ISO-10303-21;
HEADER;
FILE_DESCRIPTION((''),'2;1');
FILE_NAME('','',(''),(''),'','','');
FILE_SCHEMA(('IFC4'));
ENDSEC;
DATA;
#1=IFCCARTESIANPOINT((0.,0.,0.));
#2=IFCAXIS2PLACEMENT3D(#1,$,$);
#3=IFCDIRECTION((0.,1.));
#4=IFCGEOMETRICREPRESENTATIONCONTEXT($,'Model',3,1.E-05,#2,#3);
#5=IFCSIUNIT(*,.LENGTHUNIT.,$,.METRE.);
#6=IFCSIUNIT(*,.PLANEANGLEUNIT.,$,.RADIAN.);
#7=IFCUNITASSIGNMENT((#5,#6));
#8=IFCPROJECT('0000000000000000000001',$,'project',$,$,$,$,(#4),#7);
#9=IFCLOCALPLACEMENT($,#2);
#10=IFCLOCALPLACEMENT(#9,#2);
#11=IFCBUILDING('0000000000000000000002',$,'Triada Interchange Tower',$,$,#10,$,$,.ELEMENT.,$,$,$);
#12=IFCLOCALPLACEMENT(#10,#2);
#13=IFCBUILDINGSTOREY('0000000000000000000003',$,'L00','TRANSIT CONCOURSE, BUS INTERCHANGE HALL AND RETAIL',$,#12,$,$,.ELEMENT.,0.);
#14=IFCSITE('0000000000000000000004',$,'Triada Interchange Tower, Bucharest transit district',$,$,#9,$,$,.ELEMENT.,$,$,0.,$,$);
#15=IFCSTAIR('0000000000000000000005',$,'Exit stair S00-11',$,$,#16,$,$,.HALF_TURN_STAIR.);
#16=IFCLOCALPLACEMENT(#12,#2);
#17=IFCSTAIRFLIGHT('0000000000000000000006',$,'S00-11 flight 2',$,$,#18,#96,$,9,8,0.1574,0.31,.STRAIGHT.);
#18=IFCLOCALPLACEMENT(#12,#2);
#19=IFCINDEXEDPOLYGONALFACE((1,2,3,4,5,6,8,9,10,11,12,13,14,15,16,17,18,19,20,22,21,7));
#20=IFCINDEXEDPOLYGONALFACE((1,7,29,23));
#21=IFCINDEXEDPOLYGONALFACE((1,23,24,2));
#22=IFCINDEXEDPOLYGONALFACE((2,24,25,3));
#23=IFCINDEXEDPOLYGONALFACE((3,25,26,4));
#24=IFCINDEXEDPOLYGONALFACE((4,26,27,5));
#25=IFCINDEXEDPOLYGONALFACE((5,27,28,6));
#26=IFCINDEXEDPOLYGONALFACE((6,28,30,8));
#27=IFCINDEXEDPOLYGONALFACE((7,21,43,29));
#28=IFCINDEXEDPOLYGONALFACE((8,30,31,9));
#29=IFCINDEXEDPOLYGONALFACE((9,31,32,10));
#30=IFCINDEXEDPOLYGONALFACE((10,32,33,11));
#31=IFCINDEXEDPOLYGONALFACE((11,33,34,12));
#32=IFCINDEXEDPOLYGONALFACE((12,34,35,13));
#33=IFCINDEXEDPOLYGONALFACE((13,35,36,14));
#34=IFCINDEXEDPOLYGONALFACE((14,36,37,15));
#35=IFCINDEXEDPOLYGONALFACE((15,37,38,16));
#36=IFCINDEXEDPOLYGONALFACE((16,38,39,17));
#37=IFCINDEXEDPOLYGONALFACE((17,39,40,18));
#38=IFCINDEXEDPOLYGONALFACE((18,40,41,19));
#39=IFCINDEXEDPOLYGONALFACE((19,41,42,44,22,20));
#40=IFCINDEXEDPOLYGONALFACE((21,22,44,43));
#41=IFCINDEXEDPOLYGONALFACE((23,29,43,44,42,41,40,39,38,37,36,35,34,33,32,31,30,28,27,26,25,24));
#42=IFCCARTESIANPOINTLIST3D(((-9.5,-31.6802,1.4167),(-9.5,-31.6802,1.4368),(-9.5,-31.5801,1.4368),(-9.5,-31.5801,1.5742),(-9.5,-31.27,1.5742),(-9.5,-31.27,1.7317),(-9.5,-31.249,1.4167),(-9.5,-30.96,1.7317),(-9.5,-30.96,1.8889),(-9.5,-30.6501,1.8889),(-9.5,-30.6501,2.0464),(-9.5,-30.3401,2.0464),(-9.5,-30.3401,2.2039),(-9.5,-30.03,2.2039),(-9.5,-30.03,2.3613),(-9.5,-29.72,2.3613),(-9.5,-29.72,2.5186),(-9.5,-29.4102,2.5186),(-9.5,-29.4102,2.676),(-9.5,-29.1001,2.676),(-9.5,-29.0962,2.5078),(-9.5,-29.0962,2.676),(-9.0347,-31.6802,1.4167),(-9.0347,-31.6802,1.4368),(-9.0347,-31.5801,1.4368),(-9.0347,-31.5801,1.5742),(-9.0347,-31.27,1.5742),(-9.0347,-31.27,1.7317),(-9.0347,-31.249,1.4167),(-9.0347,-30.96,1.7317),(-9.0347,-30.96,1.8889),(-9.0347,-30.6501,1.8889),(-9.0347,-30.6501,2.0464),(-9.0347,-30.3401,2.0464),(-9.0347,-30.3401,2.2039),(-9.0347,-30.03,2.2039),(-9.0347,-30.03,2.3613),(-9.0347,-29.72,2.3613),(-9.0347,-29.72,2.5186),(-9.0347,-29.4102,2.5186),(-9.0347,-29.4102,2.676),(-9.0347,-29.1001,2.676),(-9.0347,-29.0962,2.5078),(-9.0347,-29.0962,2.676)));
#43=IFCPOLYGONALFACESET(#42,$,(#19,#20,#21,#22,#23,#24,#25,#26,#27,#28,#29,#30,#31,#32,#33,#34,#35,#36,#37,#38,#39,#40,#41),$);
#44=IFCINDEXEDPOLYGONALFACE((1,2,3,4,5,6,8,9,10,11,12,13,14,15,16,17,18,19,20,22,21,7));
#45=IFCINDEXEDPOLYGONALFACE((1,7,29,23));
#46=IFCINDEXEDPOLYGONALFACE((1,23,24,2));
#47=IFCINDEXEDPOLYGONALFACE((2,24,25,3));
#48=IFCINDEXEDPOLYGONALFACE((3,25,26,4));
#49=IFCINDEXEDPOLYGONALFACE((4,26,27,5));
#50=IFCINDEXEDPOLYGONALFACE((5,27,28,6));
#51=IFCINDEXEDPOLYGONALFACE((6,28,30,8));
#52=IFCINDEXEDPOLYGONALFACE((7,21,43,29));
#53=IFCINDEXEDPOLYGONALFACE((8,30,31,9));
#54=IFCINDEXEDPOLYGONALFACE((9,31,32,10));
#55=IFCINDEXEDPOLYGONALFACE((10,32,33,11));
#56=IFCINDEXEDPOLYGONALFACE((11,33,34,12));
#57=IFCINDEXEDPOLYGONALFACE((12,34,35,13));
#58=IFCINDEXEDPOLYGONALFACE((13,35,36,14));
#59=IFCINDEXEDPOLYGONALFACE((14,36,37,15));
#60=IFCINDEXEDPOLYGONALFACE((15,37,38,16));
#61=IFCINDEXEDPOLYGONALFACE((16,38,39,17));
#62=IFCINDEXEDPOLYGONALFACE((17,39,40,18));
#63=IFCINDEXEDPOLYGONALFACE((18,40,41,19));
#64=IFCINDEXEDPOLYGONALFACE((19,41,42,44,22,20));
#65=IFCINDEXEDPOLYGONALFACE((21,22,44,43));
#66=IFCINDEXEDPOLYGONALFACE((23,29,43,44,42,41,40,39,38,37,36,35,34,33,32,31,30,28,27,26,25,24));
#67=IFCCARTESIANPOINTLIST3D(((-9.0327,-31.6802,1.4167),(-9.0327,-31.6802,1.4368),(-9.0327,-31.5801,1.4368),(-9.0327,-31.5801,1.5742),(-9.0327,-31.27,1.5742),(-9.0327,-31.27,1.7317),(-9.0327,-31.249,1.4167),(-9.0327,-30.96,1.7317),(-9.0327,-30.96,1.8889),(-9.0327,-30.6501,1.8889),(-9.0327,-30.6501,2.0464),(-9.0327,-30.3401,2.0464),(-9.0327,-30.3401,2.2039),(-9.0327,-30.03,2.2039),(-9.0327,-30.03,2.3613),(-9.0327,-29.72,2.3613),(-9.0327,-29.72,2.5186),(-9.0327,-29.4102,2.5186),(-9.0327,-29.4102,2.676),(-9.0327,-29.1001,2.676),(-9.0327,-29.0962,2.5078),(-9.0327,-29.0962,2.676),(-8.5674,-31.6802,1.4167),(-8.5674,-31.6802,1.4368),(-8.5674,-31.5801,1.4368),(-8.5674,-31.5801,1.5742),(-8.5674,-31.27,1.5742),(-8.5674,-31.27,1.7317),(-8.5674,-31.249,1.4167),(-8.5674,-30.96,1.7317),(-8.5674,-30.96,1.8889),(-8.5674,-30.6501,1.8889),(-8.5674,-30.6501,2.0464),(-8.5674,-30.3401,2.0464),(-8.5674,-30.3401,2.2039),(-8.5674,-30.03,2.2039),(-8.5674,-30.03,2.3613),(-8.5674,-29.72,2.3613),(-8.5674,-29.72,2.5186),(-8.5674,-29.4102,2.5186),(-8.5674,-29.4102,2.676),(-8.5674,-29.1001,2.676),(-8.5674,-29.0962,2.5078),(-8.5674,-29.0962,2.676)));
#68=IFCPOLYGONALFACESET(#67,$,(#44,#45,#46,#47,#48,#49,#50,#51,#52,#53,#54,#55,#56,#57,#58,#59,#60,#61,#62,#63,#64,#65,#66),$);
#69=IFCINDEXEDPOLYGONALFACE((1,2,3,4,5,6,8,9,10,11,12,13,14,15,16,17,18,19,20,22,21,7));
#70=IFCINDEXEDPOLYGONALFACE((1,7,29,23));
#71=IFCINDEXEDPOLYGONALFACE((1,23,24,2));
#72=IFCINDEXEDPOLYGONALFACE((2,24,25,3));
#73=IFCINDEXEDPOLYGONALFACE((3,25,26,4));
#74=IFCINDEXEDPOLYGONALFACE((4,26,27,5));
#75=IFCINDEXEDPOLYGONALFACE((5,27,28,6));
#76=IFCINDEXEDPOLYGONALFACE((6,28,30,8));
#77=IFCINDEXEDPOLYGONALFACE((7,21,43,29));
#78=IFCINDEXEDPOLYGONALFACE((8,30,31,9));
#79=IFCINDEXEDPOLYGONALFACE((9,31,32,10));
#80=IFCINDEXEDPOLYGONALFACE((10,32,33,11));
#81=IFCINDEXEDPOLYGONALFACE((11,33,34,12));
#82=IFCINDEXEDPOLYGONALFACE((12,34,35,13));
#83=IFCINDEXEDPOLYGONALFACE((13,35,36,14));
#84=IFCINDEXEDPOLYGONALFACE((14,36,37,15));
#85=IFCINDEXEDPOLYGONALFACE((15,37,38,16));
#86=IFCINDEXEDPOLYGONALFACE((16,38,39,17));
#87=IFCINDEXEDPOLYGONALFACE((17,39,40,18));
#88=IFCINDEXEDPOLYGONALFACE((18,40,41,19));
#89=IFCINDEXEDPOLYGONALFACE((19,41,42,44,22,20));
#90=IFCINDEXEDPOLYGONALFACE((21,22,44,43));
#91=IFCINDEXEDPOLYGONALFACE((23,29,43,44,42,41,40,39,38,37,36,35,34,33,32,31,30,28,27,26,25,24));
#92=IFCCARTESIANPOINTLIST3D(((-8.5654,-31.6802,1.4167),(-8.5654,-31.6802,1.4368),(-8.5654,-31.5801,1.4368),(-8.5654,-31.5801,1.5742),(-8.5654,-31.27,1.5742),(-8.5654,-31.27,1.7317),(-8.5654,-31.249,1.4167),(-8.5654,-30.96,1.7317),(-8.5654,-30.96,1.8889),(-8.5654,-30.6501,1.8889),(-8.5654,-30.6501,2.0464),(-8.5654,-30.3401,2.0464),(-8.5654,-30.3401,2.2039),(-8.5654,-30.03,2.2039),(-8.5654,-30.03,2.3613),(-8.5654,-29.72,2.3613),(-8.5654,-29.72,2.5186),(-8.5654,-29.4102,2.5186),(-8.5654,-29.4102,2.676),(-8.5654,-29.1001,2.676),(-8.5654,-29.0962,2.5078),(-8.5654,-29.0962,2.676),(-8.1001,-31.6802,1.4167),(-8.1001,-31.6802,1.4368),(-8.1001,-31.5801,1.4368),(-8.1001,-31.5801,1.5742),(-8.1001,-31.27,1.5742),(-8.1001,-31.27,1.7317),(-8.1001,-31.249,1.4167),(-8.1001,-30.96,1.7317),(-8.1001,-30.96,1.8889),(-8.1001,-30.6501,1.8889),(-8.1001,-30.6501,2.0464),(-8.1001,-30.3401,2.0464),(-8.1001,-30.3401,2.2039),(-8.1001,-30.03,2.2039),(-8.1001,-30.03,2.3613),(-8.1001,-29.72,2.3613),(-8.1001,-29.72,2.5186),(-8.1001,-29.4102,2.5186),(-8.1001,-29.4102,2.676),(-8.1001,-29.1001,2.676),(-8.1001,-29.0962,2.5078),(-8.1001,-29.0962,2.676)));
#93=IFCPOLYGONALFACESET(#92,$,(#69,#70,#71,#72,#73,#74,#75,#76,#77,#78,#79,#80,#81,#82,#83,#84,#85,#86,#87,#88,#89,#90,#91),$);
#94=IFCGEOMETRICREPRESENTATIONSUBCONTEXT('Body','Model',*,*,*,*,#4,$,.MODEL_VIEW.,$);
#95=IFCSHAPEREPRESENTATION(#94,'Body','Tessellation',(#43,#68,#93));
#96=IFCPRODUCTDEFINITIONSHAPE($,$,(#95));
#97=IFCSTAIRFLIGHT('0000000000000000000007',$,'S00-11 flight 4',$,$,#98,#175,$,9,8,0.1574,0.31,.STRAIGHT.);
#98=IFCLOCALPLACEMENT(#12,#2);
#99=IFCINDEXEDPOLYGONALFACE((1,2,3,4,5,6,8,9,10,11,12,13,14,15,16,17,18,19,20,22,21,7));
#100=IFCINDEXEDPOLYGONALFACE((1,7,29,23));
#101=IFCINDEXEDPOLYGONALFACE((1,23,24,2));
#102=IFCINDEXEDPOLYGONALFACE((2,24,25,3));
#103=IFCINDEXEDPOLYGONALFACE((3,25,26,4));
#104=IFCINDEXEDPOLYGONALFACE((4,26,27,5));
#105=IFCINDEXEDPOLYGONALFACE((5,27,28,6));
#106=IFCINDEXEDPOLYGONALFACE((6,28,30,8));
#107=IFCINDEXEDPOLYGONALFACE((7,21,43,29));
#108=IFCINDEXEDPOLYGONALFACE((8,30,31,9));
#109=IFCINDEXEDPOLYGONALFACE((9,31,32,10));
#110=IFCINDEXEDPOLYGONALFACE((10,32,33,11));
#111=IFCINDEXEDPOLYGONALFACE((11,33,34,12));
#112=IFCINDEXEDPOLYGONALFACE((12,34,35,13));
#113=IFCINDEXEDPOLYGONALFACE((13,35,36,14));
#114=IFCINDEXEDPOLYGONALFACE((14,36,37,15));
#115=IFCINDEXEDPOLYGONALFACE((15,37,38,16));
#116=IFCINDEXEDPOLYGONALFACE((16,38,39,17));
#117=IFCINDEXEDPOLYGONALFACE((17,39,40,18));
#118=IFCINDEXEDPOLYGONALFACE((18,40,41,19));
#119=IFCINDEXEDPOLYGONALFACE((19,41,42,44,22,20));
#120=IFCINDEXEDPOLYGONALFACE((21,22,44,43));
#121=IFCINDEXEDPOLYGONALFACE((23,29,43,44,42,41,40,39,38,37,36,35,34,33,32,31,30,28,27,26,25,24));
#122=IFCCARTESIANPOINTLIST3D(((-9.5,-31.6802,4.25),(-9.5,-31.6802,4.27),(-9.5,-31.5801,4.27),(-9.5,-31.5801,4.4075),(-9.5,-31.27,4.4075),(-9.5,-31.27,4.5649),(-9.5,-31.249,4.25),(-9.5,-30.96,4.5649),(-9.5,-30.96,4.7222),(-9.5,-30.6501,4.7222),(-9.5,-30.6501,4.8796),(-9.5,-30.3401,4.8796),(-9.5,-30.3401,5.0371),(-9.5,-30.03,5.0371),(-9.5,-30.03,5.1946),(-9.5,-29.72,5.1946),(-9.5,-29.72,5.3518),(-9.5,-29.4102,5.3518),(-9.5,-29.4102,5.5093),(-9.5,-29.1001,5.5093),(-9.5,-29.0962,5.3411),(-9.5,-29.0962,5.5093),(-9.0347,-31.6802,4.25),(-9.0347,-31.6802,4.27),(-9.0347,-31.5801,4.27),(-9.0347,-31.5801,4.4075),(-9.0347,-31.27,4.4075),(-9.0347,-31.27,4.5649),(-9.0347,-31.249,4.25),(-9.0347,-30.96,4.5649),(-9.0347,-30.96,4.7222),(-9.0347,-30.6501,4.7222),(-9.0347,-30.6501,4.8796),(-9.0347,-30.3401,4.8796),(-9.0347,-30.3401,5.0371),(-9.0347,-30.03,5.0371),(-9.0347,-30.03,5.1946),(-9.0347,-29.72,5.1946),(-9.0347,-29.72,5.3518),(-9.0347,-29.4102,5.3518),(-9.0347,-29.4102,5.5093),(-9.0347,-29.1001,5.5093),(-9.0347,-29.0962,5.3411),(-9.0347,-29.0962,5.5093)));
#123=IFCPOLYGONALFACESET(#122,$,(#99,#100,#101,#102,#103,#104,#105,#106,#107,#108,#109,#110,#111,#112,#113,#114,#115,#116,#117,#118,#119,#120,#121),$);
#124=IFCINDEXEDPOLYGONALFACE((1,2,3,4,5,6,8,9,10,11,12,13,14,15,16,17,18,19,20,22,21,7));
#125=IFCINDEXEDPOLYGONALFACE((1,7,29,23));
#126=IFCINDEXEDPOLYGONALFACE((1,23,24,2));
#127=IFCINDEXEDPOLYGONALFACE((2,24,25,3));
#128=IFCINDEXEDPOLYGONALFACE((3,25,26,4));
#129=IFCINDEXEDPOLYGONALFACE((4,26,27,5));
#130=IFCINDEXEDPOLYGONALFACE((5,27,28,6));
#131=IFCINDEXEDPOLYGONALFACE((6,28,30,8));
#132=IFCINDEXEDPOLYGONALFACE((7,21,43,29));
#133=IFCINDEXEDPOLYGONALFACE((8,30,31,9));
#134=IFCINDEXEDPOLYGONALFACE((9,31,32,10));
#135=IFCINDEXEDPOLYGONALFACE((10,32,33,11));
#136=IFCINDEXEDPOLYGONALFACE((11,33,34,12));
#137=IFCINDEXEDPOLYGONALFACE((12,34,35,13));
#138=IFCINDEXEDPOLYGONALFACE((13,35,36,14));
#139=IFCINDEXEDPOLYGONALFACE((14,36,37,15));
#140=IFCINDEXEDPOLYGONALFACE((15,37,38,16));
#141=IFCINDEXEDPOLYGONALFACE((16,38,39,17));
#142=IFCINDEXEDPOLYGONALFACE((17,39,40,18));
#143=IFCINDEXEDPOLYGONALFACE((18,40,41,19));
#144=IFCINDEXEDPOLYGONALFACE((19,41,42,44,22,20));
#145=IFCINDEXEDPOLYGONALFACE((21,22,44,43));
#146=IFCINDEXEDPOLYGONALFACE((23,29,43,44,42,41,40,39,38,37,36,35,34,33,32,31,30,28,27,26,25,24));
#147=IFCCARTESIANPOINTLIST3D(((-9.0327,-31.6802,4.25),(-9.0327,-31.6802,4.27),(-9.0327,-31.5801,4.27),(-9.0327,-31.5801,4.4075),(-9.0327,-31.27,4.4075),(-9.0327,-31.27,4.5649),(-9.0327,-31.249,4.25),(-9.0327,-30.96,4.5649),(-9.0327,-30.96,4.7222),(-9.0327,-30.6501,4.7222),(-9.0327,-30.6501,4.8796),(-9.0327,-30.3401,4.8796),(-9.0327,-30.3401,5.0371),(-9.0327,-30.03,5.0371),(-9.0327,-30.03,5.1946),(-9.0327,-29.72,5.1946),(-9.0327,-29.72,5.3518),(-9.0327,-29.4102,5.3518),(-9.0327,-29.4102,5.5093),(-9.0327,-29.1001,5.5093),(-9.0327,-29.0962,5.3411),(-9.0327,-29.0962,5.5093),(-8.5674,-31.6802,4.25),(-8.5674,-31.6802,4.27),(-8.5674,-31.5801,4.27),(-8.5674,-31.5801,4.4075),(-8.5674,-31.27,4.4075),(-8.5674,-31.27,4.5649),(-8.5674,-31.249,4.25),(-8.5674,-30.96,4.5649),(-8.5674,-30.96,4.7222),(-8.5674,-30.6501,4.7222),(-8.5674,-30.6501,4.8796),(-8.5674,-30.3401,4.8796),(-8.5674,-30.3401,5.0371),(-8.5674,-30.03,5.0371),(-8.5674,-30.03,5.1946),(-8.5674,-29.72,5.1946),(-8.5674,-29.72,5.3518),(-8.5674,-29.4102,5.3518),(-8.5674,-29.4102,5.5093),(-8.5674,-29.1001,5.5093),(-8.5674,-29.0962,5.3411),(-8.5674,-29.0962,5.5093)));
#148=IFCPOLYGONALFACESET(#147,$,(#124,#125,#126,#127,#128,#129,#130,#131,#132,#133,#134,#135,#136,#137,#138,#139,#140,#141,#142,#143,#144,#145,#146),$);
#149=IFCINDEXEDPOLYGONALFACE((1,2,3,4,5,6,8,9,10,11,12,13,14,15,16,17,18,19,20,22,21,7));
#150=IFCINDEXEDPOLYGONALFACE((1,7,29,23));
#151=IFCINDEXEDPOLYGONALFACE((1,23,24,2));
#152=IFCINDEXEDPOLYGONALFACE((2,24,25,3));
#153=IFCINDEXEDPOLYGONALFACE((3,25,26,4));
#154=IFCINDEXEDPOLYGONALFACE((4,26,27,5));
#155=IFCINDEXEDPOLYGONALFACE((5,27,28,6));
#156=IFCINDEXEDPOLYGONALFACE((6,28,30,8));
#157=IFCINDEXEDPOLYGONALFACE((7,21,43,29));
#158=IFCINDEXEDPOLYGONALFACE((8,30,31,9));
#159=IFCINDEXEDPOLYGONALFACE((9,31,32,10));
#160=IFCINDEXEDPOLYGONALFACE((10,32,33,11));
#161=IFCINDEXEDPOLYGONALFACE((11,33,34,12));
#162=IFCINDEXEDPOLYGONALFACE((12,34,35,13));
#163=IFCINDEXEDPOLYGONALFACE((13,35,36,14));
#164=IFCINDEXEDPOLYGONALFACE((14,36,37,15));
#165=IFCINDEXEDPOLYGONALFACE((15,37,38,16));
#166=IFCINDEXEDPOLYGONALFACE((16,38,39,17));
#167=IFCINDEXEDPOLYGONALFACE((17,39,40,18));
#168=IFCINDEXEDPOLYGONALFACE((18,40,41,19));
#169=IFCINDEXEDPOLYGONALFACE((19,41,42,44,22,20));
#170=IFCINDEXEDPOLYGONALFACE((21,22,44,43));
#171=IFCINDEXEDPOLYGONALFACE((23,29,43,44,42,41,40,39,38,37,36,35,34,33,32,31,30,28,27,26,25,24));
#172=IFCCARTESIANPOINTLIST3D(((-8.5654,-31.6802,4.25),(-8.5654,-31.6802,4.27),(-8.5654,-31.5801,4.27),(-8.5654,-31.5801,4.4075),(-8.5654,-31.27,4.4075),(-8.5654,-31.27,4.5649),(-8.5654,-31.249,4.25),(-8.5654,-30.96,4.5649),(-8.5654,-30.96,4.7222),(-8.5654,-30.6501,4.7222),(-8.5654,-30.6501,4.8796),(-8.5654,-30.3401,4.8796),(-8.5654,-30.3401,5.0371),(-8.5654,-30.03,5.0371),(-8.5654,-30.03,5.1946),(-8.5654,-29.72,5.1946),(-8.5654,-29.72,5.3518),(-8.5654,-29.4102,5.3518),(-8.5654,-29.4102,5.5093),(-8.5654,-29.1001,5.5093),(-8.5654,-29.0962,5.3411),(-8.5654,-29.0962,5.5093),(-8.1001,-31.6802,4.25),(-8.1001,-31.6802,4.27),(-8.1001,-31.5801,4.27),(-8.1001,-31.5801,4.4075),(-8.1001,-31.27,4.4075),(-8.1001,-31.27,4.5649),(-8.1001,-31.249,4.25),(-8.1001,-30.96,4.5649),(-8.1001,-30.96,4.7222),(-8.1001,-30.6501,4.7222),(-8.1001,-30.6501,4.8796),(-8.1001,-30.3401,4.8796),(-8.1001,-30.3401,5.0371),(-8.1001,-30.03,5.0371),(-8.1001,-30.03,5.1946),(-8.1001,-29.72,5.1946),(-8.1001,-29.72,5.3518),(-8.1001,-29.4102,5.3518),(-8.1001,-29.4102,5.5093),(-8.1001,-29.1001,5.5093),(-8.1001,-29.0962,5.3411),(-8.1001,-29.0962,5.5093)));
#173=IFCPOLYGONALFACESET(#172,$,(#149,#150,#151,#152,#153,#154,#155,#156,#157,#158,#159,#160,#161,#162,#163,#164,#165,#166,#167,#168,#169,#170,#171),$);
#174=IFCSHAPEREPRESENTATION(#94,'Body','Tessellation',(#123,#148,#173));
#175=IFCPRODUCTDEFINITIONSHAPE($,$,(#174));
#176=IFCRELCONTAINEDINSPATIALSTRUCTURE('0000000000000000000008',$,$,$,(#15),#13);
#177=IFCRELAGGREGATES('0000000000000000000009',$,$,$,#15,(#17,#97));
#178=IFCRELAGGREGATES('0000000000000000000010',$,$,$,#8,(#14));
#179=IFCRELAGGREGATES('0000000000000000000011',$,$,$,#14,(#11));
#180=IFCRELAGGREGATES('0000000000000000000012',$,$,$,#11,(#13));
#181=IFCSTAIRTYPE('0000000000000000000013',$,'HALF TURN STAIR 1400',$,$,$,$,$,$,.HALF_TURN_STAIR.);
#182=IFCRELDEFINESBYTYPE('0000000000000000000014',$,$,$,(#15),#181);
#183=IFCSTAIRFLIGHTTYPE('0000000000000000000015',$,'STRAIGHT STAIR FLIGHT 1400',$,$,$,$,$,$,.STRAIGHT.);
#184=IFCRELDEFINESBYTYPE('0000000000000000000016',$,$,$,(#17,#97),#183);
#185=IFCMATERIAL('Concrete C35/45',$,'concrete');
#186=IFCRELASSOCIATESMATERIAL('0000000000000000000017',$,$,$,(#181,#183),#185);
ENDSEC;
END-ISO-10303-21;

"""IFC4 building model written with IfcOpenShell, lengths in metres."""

from ifc_helpers import new_model, si_unit, direction, frame, origin, place, context, subcontext, project, spatial, polyline, outline, extrude, material, type_object, element, aggregate, save


model = new_model("IFC4")

# Units and contexts
model_context = context("Model", 3, precision=1e-05, world=origin(), true_north=direction((0.0, 1.0)))
body_context = subcontext(model_context, "Body", "Model", "MODEL_VIEW")
ifc_project = project(units=[si_unit("LENGTHUNIT", "METRE"), si_unit("PLANEANGLEUNIT", "RADIAN")], contexts=[model_context])

# Site, building, storey
site_placement = place(None, origin())
site = spatial("IfcSite", under=ifc_project, at=site_placement, Name="Triada Interchange Tower, Bucharest transit district", CompositionType="ELEMENT", RefElevation=0.0)
building_placement = place(site_placement, origin())
building = spatial("IfcBuilding", under=site, at=building_placement, Name="Triada Interchange Tower", CompositionType="ELEMENT")
storey_placement = place(building_placement, origin())
storey = spatial("IfcBuildingStorey", under=building, at=storey_placement, Name="L00", Description="TRANSIT CONCOURSE, BUS INTERCHANGE HALL AND RETAIL", CompositionType="ELEMENT", Elevation=0.0)

# Shared definitions
ifc_material_1 = material(Name="Concrete C35/45", Category="concrete")

# Stair, stair flights
stair_type = type_object("IfcStairType", Name="HALF TURN STAIR 1400", PredefinedType="HALF_TURN_STAIR", material=ifc_material_1)
stair_flight_type = type_object("IfcStairFlightType", Name="STRAIGHT STAIR FLIGHT 1400", PredefinedType="STRAIGHT", material=ifc_material_1)
stair_1_placement = place(storey_placement, origin())
stair_1 = element("IfcStair", 1, at=stair_1_placement, inside=storey, type_object=stair_type, Name="Exit stair S00-11", PredefinedType="HALF_TURN_STAIR")
stair_flight_1_placement = place(storey_placement, frame((-8.8, -31.5801, 1.4167), z_axis=(0.0, 0.0, 1.0), x_axis=(0.0, 1.0, 0.0)))
stair_flight_1 = element("IfcStairFlight", 2, at=stair_flight_1_placement, type_object=stair_flight_type, Name="S00-11 flight 2", NumberOfRisers=9, NumberOfTreads=8, PredefinedType="STRAIGHT", RiserHeight=0.1574, TreadLength=0.31, context=body_context, shape_type="SweptSolid", body=[
    extrude(outline(polyline([(-0.1001, 0.0), (-0.1001, 0.02), (0.0, 0.02), (0.0, 0.1575), (0.3101, 0.1575), (0.3101, 0.3149), (0.6201, 0.3149), (0.6201, 0.4722), (0.9299, 0.4722), (0.9299, 0.6296), (1.24, 0.6296), (1.24, 0.7871), (1.55, 0.7871), (1.55, 0.9446), (1.8601, 0.9446), (1.8601, 1.1018), (2.1699, 1.1018), (2.1699, 1.2593), (2.48, 1.2593), (2.4839, 1.2593), (2.4839, 1.4167), (2.4839, 1.0911), (0.3311, 0.0), (-0.1001, 0.0)])), frame((0.0, 0.7, 0.0), z_axis=(0.0, -1.0, 0.0), x_axis=(1.0, 0.0, 0.0)), (0.0, 0.0, 1.0), 0.4653),
    extrude(outline(polyline([(-0.1001, 0.0), (-0.1001, 0.02), (0.0, 0.02), (0.0, 0.1575), (0.3101, 0.1575), (0.3101, 0.3149), (0.6201, 0.3149), (0.6201, 0.4722), (0.9299, 0.4722), (0.9299, 0.6296), (1.24, 0.6296), (1.24, 0.7871), (1.55, 0.7871), (1.55, 0.9446), (1.8601, 0.9446), (1.8601, 1.1018), (2.1699, 1.1018), (2.1699, 1.2593), (2.48, 1.2593), (2.4839, 1.2593), (2.4839, 1.4167), (2.4839, 1.0911), (0.3311, 0.0), (-0.1001, 0.0)])), frame((0.0, 0.2327, 0.0), z_axis=(0.0, -1.0, 0.0), x_axis=(1.0, 0.0, 0.0)), (0.0, 0.0, 1.0), 0.4653),
    extrude(outline(polyline([(-0.1001, 0.0), (-0.1001, 0.02), (0.0, 0.02), (0.0, 0.1575), (0.3101, 0.1575), (0.3101, 0.3149), (0.6201, 0.3149), (0.6201, 0.4722), (0.9299, 0.4722), (0.9299, 0.6296), (1.24, 0.6296), (1.24, 0.7871), (1.55, 0.7871), (1.55, 0.9446), (1.8601, 0.9446), (1.8601, 1.1018), (2.1699, 1.1018), (2.1699, 1.2593), (2.48, 1.2593), (2.4839, 1.2593), (2.4839, 1.4167), (2.4839, 1.0911), (0.3311, 0.0), (-0.1001, 0.0)])), frame((0.0, -0.2346, 0.0), z_axis=(0.0, -1.0, 0.0), x_axis=(1.0, 0.0, 0.0)), (0.0, 0.0, 1.0), 0.4653),
])
stair_flight_2_placement = place(storey_placement, frame((-8.8, -31.5801, 4.25), z_axis=(0.0, 0.0, 1.0), x_axis=(0.0, 1.0, 0.0)))
stair_flight_2 = element("IfcStairFlight", 3, at=stair_flight_2_placement, type_object=stair_flight_type, Name="S00-11 flight 4", NumberOfRisers=9, NumberOfTreads=8, PredefinedType="STRAIGHT", RiserHeight=0.1574, TreadLength=0.31, context=body_context, shape_type="SweptSolid", body=[
    extrude(outline(polyline([(-0.1001, 0.0), (-0.1001, 0.02), (0.0, 0.02), (0.0, 0.1575), (0.3101, 0.1575), (0.3101, 0.3149), (0.6201, 0.3149), (0.6201, 0.4722), (0.9299, 0.4722), (0.9299, 0.6296), (1.24, 0.6296), (1.24, 0.7871), (1.55, 0.7871), (1.55, 0.9446), (1.8601, 0.9446), (1.8601, 1.1018), (2.1699, 1.1018), (2.1699, 1.2593), (2.48, 1.2593), (2.4839, 1.2593), (2.4839, 1.4167), (2.4839, 1.0911), (0.3311, 0.0), (-0.1001, 0.0)])), frame((0.0, 0.7, 0.0), z_axis=(0.0, -1.0, 0.0), x_axis=(1.0, 0.0, 0.0)), (0.0, 0.0, 1.0), 0.4653),
    extrude(outline(polyline([(-0.1001, 0.0), (-0.1001, 0.02), (0.0, 0.02), (0.0, 0.1575), (0.3101, 0.1575), (0.3101, 0.3149), (0.6201, 0.3149), (0.6201, 0.4722), (0.9299, 0.4722), (0.9299, 0.6296), (1.24, 0.6296), (1.24, 0.7871), (1.55, 0.7871), (1.55, 0.9446), (1.8601, 0.9446), (1.8601, 1.1018), (2.1699, 1.1018), (2.1699, 1.2593), (2.48, 1.2593), (2.4839, 1.2593), (2.4839, 1.4167), (2.4839, 1.0911), (0.3311, 0.0), (-0.1001, 0.0)])), frame((0.0, 0.2327, 0.0), z_axis=(0.0, -1.0, 0.0), x_axis=(1.0, 0.0, 0.0)), (0.0, 0.0, 1.0), 0.4653),
    extrude(outline(polyline([(-0.1001, 0.0), (-0.1001, 0.02), (0.0, 0.02), (0.0, 0.1575), (0.3101, 0.1575), (0.3101, 0.3149), (0.6201, 0.3149), (0.6201, 0.4722), (0.9299, 0.4722), (0.9299, 0.6296), (1.24, 0.6296), (1.24, 0.7871), (1.55, 0.7871), (1.55, 0.9446), (1.8601, 0.9446), (1.8601, 1.1018), (2.1699, 1.1018), (2.1699, 1.2593), (2.48, 1.2593), (2.4839, 1.2593), (2.4839, 1.4167), (2.4839, 1.0911), (0.3311, 0.0), (-0.1001, 0.0)])), frame((0.0, -0.2346, 0.0), z_axis=(0.0, -1.0, 0.0), x_axis=(1.0, 0.0, 0.0)), (0.0, 0.0, 1.0), 0.4653),
])

aggregate(stair_1, [stair_flight_1, stair_flight_2])

save(model, "model.ifc")
